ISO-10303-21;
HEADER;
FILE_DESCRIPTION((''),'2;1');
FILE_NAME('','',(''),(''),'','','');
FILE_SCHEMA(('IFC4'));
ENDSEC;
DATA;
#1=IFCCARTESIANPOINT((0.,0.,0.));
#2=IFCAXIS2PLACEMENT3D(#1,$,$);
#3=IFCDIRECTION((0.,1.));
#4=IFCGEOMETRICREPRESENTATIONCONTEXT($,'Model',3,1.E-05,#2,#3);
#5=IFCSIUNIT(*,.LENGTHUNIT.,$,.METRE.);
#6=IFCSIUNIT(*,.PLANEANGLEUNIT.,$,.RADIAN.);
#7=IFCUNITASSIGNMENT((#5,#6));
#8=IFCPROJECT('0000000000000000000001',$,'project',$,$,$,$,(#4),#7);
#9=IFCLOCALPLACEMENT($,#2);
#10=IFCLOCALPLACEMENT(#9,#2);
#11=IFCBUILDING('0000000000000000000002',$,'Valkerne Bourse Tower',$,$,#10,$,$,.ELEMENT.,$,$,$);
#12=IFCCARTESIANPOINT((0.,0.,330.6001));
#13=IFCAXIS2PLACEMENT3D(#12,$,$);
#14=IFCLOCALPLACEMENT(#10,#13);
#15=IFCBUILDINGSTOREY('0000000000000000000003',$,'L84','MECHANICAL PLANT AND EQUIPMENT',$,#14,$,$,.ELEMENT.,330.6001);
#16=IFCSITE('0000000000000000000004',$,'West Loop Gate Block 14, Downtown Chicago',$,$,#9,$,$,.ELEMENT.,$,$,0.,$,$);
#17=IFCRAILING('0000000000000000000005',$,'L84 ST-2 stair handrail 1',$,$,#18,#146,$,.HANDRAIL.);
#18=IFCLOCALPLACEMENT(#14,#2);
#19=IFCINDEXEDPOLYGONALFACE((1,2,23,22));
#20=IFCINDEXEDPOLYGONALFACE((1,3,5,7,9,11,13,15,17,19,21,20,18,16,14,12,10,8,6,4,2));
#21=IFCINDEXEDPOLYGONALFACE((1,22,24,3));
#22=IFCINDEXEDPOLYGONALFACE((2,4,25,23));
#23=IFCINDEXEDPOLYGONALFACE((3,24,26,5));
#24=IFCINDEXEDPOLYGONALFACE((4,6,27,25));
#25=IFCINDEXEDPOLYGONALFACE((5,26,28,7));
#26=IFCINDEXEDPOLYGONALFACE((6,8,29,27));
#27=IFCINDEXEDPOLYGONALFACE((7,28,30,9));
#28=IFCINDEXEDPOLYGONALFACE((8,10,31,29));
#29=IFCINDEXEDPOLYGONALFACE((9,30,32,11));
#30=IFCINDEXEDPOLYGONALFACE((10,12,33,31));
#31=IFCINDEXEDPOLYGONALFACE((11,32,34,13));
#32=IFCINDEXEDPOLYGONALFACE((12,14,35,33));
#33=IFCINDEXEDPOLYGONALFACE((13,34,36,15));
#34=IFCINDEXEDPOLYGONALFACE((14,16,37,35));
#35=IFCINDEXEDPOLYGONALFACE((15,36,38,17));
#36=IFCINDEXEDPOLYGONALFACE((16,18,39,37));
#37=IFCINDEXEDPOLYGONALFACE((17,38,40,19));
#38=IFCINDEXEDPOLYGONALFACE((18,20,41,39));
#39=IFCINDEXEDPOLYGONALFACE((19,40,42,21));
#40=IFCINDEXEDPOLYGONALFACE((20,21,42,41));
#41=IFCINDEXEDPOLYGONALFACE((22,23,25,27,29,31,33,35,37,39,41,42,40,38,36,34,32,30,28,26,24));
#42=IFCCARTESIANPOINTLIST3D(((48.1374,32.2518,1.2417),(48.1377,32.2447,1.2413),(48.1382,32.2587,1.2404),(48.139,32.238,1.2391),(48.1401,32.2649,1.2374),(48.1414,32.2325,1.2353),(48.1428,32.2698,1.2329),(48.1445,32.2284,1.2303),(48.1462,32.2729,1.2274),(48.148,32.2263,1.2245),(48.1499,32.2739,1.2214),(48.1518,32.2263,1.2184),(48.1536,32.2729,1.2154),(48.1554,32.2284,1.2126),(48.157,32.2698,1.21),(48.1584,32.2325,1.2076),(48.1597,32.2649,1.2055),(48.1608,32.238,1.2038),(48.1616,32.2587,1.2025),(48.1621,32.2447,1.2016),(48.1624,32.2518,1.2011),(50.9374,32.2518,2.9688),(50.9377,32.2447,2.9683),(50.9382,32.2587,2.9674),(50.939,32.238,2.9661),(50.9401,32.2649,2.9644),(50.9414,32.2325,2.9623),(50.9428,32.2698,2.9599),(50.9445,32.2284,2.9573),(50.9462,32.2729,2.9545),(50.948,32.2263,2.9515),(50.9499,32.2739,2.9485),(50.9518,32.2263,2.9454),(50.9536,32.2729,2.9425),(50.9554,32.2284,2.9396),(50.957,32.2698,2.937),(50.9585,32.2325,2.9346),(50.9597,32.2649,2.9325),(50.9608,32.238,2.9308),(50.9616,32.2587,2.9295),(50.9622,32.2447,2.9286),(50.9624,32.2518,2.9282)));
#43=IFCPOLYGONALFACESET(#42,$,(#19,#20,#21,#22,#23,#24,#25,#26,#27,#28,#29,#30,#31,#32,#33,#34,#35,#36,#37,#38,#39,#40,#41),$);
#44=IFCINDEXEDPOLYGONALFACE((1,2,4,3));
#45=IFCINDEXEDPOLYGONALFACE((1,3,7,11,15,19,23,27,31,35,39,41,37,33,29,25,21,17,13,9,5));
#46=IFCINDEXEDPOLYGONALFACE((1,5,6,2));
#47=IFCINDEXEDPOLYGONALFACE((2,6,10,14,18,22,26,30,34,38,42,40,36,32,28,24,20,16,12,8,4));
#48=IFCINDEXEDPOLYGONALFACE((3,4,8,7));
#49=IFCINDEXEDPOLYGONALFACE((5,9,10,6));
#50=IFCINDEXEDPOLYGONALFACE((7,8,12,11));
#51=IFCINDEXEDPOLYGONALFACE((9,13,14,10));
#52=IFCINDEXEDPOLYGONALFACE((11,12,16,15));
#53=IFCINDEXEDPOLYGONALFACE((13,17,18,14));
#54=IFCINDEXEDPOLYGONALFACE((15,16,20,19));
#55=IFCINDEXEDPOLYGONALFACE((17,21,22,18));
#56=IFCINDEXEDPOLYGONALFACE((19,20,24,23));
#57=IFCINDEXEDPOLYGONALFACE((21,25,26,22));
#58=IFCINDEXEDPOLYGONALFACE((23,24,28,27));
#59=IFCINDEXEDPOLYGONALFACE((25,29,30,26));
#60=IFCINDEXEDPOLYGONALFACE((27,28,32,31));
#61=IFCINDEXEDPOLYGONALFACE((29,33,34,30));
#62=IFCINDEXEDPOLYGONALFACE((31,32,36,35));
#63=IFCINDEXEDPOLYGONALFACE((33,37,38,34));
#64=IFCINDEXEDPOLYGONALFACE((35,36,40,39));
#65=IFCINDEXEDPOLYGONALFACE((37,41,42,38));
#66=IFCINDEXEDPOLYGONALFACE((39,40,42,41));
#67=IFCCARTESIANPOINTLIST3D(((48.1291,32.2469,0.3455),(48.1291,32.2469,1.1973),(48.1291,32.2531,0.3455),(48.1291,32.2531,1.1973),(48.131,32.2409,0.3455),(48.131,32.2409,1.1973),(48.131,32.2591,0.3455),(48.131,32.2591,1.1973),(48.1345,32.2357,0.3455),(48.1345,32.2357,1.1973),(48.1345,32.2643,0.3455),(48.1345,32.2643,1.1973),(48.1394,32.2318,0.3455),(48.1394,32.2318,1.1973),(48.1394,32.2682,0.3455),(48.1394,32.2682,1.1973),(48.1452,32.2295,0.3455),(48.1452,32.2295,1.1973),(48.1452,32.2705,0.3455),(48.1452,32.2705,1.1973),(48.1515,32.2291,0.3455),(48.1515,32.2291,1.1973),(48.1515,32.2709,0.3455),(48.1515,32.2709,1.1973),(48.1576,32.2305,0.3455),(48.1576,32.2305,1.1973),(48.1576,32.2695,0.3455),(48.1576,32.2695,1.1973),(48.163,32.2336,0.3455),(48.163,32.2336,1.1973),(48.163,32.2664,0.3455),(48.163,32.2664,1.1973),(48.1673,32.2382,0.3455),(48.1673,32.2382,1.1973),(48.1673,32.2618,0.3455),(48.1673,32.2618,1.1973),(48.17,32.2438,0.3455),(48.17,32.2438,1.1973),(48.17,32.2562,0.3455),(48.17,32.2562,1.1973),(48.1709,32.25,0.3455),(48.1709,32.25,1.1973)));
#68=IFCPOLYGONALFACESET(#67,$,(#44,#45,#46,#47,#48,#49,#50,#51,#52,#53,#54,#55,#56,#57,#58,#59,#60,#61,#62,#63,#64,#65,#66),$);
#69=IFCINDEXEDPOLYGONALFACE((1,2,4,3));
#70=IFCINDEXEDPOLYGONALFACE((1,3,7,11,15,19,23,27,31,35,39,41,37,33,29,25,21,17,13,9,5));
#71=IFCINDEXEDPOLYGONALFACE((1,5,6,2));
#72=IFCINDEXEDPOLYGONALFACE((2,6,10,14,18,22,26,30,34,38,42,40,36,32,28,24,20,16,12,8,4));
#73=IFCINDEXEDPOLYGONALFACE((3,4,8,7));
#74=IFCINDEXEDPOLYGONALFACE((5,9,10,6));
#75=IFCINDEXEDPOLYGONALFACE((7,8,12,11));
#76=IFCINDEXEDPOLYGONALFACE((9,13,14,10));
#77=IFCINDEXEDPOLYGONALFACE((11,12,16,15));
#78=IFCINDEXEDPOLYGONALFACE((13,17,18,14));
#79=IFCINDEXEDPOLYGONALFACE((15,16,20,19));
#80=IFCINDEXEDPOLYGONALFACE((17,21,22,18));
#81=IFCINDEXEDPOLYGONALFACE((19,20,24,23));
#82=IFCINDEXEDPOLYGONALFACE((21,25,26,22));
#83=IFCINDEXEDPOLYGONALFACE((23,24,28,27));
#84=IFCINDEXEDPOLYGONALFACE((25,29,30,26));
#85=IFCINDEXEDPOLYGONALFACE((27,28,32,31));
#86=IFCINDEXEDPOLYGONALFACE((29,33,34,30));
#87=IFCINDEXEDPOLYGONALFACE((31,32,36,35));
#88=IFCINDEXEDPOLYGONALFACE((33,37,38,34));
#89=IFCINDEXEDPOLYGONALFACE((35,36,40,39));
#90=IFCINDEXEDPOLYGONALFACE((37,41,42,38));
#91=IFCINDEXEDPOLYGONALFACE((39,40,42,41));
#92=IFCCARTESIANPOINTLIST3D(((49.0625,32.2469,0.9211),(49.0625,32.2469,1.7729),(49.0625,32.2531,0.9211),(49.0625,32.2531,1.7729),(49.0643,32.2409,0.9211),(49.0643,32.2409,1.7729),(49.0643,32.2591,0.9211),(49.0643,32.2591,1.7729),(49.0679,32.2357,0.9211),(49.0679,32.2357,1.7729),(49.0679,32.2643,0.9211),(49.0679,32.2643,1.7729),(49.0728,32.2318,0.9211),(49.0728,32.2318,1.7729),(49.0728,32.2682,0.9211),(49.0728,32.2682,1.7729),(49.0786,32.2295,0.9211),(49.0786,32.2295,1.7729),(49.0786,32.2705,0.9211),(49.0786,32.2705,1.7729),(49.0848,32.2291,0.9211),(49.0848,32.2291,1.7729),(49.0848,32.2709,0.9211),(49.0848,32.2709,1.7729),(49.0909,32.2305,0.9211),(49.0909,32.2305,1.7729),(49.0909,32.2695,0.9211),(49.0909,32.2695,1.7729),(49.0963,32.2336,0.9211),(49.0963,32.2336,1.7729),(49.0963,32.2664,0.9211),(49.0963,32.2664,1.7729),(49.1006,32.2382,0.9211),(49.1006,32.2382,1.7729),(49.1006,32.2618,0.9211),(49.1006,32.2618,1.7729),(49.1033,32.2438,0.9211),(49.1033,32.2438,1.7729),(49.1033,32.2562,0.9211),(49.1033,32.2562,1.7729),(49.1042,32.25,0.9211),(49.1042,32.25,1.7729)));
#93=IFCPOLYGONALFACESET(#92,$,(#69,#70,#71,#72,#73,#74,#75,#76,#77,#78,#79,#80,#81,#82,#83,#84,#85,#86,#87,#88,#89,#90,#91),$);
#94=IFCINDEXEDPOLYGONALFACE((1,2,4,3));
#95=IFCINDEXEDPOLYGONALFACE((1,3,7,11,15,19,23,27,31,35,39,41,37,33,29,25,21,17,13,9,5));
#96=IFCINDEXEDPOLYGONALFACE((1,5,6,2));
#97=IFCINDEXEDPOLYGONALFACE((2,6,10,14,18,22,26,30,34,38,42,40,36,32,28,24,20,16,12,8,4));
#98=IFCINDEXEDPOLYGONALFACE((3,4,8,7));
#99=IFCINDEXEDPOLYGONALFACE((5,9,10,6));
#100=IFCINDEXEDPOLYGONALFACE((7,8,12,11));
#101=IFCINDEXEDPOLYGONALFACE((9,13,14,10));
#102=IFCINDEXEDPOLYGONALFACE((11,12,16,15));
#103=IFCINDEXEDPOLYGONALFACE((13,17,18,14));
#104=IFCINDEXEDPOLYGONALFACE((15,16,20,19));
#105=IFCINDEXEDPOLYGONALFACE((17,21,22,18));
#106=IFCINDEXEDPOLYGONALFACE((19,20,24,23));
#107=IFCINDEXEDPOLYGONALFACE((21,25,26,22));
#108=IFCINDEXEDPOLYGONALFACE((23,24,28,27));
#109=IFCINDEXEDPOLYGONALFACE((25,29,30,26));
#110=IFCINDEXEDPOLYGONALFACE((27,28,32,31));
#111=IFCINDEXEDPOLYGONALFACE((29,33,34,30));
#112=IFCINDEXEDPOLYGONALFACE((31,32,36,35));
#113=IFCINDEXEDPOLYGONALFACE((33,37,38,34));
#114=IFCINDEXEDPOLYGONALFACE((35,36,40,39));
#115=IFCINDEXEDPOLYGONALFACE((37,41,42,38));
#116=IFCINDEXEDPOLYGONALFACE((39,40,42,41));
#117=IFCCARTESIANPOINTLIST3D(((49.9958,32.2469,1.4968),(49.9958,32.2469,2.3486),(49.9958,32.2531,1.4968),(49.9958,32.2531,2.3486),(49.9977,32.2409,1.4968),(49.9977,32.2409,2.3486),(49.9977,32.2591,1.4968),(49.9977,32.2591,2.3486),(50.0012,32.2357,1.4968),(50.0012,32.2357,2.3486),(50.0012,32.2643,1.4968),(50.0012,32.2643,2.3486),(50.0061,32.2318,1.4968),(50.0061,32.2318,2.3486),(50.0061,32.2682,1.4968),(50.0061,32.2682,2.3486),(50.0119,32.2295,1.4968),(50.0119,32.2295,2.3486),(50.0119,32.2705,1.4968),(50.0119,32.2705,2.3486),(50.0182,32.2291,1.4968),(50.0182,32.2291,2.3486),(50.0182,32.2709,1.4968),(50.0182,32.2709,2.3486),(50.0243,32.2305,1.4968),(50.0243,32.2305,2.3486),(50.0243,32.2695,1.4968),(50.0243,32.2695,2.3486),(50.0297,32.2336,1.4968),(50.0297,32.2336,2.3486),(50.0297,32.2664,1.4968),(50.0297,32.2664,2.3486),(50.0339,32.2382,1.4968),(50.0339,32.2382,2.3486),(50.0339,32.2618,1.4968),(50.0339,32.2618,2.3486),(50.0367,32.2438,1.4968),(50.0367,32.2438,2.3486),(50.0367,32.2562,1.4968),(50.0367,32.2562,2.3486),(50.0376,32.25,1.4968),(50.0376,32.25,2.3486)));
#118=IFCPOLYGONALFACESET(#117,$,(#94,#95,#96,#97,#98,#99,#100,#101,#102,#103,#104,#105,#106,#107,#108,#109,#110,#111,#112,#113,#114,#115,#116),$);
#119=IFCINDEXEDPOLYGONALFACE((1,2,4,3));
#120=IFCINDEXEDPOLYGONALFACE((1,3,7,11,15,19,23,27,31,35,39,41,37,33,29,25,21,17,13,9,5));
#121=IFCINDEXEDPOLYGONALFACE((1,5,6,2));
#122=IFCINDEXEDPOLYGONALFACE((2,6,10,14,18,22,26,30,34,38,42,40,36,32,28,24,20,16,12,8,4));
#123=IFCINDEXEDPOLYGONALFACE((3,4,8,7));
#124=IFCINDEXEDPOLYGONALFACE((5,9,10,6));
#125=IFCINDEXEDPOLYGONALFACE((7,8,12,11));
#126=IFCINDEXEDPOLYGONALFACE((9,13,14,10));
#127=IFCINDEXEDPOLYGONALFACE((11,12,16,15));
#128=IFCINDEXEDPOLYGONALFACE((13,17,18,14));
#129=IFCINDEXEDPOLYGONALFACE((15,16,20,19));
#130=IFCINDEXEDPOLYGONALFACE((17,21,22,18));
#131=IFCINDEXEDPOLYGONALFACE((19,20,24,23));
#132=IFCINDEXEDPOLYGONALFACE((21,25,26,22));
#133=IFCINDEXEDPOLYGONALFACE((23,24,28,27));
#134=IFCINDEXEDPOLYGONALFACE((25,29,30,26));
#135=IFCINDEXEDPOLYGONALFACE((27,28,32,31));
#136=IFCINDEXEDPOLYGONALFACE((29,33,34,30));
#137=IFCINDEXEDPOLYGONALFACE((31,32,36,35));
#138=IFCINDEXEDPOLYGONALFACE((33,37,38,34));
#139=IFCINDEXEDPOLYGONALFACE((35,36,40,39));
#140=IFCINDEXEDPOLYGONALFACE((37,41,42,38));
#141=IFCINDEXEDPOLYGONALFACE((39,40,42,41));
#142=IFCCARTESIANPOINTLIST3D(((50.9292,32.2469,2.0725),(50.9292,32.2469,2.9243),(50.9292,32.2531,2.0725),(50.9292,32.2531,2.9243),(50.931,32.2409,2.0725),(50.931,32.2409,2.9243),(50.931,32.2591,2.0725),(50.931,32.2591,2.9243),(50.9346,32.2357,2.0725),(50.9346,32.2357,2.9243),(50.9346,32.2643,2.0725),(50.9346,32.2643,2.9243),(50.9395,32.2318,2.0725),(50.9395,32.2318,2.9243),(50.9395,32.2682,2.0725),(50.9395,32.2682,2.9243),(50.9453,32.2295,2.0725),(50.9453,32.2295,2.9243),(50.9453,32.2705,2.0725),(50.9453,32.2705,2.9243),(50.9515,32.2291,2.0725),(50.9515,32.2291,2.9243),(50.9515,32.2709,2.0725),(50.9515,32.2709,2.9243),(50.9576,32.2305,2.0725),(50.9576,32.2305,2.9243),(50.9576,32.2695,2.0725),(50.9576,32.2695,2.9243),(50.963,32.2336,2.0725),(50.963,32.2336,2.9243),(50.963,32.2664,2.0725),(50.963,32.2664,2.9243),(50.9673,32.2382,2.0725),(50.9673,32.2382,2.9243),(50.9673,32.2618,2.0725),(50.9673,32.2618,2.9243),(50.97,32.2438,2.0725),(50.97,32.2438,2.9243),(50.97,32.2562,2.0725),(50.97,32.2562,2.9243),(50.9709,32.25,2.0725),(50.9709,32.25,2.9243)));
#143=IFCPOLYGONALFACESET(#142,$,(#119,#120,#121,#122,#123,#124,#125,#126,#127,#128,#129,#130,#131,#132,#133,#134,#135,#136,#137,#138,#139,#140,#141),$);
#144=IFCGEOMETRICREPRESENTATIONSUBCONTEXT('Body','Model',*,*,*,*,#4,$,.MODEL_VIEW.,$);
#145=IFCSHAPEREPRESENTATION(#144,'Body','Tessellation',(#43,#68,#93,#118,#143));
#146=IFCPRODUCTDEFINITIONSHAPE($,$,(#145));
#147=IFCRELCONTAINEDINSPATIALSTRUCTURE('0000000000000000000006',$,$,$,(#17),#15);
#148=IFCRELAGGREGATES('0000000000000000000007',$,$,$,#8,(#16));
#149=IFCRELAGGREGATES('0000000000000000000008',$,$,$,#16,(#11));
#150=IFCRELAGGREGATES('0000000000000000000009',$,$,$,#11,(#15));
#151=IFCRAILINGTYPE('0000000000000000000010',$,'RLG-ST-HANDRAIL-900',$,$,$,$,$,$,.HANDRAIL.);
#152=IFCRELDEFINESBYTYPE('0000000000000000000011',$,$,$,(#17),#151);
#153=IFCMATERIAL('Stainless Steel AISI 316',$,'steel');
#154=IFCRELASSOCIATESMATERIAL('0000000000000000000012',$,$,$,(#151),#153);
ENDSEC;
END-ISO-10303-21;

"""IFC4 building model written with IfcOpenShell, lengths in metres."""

from ifc_helpers import new_model, si_unit, direction, frame, origin, origin_2d, place, context, subcontext, project, spatial, circle, extrude, material, type_object, element, save


model = new_model("IFC4")

# Units and contexts
model_context = context("Model", 3, precision=1e-05, world=origin(), true_north=direction((0.0, 1.0)))
body_context = subcontext(model_context, "Body", "Model", "MODEL_VIEW")
ifc_project = project(units=[si_unit("LENGTHUNIT", "METRE"), si_unit("PLANEANGLEUNIT", "RADIAN")], contexts=[model_context])

# Site, building, storey
site_placement = place(None, origin())
site = spatial("IfcSite", under=ifc_project, at=site_placement, Name="West Loop Gate Block 14, Downtown Chicago", CompositionType="ELEMENT", RefElevation=0.0)
building_placement = place(site_placement, origin())
building = spatial("IfcBuilding", under=site, at=building_placement, Name="Valkerne Bourse Tower", CompositionType="ELEMENT")
storey_placement = place(building_placement, frame((0.0, 0.0, 330.6001)))
storey = spatial("IfcBuildingStorey", under=building, at=storey_placement, Name="L84", Description="MECHANICAL PLANT AND EQUIPMENT", CompositionType="ELEMENT", Elevation=330.6001)

# Shared definitions
ifc_material_1 = material(Name="Stainless Steel AISI 316", Category="steel")

# Railing
railing_type_1 = type_object("IfcRailingType", Name="RLG-ST-HANDRAIL-900", PredefinedType="HANDRAIL", material=ifc_material_1)
railing_1_placement = place(storey_placement, frame((48.1499, 32.25, 0.3455)))
element("IfcRailing", 1, at=railing_1_placement, inside=storey, type_object=railing_type_1, Name="L84 ST-2 stair handrail 1", PredefinedType="HANDRAIL", context=body_context, shape_type="SweptSolid", body=[
    extrude(circle(Radius=0.0239, at=origin_2d()), frame((0.0, 0.0, 0.876), z_axis=(0.851123, 0.0, 0.524967), x_axis=(0.0, 1.0, 0.0)), (0.0, 0.0, 1.0), 3.2898),
    extrude(circle(Radius=0.021, at=origin_2d()), origin(), (0.0, 0.0, 1.0), 0.8518),
    extrude(circle(Radius=0.021, at=origin_2d()), frame((0.9333, 0.0, 0.5757)), (0.0, 0.0, 1.0), 0.8518),
    extrude(circle(Radius=0.021, at=origin_2d()), frame((1.8667, 0.0, 1.1514)), (0.0, 0.0, 1.0), 0.8518),
    extrude(circle(Radius=0.021, at=origin_2d()), frame((2.8, 0.0, 1.7271)), (0.0, 0.0, 1.0), 0.8518),
])

save(model, "model.ifc")
